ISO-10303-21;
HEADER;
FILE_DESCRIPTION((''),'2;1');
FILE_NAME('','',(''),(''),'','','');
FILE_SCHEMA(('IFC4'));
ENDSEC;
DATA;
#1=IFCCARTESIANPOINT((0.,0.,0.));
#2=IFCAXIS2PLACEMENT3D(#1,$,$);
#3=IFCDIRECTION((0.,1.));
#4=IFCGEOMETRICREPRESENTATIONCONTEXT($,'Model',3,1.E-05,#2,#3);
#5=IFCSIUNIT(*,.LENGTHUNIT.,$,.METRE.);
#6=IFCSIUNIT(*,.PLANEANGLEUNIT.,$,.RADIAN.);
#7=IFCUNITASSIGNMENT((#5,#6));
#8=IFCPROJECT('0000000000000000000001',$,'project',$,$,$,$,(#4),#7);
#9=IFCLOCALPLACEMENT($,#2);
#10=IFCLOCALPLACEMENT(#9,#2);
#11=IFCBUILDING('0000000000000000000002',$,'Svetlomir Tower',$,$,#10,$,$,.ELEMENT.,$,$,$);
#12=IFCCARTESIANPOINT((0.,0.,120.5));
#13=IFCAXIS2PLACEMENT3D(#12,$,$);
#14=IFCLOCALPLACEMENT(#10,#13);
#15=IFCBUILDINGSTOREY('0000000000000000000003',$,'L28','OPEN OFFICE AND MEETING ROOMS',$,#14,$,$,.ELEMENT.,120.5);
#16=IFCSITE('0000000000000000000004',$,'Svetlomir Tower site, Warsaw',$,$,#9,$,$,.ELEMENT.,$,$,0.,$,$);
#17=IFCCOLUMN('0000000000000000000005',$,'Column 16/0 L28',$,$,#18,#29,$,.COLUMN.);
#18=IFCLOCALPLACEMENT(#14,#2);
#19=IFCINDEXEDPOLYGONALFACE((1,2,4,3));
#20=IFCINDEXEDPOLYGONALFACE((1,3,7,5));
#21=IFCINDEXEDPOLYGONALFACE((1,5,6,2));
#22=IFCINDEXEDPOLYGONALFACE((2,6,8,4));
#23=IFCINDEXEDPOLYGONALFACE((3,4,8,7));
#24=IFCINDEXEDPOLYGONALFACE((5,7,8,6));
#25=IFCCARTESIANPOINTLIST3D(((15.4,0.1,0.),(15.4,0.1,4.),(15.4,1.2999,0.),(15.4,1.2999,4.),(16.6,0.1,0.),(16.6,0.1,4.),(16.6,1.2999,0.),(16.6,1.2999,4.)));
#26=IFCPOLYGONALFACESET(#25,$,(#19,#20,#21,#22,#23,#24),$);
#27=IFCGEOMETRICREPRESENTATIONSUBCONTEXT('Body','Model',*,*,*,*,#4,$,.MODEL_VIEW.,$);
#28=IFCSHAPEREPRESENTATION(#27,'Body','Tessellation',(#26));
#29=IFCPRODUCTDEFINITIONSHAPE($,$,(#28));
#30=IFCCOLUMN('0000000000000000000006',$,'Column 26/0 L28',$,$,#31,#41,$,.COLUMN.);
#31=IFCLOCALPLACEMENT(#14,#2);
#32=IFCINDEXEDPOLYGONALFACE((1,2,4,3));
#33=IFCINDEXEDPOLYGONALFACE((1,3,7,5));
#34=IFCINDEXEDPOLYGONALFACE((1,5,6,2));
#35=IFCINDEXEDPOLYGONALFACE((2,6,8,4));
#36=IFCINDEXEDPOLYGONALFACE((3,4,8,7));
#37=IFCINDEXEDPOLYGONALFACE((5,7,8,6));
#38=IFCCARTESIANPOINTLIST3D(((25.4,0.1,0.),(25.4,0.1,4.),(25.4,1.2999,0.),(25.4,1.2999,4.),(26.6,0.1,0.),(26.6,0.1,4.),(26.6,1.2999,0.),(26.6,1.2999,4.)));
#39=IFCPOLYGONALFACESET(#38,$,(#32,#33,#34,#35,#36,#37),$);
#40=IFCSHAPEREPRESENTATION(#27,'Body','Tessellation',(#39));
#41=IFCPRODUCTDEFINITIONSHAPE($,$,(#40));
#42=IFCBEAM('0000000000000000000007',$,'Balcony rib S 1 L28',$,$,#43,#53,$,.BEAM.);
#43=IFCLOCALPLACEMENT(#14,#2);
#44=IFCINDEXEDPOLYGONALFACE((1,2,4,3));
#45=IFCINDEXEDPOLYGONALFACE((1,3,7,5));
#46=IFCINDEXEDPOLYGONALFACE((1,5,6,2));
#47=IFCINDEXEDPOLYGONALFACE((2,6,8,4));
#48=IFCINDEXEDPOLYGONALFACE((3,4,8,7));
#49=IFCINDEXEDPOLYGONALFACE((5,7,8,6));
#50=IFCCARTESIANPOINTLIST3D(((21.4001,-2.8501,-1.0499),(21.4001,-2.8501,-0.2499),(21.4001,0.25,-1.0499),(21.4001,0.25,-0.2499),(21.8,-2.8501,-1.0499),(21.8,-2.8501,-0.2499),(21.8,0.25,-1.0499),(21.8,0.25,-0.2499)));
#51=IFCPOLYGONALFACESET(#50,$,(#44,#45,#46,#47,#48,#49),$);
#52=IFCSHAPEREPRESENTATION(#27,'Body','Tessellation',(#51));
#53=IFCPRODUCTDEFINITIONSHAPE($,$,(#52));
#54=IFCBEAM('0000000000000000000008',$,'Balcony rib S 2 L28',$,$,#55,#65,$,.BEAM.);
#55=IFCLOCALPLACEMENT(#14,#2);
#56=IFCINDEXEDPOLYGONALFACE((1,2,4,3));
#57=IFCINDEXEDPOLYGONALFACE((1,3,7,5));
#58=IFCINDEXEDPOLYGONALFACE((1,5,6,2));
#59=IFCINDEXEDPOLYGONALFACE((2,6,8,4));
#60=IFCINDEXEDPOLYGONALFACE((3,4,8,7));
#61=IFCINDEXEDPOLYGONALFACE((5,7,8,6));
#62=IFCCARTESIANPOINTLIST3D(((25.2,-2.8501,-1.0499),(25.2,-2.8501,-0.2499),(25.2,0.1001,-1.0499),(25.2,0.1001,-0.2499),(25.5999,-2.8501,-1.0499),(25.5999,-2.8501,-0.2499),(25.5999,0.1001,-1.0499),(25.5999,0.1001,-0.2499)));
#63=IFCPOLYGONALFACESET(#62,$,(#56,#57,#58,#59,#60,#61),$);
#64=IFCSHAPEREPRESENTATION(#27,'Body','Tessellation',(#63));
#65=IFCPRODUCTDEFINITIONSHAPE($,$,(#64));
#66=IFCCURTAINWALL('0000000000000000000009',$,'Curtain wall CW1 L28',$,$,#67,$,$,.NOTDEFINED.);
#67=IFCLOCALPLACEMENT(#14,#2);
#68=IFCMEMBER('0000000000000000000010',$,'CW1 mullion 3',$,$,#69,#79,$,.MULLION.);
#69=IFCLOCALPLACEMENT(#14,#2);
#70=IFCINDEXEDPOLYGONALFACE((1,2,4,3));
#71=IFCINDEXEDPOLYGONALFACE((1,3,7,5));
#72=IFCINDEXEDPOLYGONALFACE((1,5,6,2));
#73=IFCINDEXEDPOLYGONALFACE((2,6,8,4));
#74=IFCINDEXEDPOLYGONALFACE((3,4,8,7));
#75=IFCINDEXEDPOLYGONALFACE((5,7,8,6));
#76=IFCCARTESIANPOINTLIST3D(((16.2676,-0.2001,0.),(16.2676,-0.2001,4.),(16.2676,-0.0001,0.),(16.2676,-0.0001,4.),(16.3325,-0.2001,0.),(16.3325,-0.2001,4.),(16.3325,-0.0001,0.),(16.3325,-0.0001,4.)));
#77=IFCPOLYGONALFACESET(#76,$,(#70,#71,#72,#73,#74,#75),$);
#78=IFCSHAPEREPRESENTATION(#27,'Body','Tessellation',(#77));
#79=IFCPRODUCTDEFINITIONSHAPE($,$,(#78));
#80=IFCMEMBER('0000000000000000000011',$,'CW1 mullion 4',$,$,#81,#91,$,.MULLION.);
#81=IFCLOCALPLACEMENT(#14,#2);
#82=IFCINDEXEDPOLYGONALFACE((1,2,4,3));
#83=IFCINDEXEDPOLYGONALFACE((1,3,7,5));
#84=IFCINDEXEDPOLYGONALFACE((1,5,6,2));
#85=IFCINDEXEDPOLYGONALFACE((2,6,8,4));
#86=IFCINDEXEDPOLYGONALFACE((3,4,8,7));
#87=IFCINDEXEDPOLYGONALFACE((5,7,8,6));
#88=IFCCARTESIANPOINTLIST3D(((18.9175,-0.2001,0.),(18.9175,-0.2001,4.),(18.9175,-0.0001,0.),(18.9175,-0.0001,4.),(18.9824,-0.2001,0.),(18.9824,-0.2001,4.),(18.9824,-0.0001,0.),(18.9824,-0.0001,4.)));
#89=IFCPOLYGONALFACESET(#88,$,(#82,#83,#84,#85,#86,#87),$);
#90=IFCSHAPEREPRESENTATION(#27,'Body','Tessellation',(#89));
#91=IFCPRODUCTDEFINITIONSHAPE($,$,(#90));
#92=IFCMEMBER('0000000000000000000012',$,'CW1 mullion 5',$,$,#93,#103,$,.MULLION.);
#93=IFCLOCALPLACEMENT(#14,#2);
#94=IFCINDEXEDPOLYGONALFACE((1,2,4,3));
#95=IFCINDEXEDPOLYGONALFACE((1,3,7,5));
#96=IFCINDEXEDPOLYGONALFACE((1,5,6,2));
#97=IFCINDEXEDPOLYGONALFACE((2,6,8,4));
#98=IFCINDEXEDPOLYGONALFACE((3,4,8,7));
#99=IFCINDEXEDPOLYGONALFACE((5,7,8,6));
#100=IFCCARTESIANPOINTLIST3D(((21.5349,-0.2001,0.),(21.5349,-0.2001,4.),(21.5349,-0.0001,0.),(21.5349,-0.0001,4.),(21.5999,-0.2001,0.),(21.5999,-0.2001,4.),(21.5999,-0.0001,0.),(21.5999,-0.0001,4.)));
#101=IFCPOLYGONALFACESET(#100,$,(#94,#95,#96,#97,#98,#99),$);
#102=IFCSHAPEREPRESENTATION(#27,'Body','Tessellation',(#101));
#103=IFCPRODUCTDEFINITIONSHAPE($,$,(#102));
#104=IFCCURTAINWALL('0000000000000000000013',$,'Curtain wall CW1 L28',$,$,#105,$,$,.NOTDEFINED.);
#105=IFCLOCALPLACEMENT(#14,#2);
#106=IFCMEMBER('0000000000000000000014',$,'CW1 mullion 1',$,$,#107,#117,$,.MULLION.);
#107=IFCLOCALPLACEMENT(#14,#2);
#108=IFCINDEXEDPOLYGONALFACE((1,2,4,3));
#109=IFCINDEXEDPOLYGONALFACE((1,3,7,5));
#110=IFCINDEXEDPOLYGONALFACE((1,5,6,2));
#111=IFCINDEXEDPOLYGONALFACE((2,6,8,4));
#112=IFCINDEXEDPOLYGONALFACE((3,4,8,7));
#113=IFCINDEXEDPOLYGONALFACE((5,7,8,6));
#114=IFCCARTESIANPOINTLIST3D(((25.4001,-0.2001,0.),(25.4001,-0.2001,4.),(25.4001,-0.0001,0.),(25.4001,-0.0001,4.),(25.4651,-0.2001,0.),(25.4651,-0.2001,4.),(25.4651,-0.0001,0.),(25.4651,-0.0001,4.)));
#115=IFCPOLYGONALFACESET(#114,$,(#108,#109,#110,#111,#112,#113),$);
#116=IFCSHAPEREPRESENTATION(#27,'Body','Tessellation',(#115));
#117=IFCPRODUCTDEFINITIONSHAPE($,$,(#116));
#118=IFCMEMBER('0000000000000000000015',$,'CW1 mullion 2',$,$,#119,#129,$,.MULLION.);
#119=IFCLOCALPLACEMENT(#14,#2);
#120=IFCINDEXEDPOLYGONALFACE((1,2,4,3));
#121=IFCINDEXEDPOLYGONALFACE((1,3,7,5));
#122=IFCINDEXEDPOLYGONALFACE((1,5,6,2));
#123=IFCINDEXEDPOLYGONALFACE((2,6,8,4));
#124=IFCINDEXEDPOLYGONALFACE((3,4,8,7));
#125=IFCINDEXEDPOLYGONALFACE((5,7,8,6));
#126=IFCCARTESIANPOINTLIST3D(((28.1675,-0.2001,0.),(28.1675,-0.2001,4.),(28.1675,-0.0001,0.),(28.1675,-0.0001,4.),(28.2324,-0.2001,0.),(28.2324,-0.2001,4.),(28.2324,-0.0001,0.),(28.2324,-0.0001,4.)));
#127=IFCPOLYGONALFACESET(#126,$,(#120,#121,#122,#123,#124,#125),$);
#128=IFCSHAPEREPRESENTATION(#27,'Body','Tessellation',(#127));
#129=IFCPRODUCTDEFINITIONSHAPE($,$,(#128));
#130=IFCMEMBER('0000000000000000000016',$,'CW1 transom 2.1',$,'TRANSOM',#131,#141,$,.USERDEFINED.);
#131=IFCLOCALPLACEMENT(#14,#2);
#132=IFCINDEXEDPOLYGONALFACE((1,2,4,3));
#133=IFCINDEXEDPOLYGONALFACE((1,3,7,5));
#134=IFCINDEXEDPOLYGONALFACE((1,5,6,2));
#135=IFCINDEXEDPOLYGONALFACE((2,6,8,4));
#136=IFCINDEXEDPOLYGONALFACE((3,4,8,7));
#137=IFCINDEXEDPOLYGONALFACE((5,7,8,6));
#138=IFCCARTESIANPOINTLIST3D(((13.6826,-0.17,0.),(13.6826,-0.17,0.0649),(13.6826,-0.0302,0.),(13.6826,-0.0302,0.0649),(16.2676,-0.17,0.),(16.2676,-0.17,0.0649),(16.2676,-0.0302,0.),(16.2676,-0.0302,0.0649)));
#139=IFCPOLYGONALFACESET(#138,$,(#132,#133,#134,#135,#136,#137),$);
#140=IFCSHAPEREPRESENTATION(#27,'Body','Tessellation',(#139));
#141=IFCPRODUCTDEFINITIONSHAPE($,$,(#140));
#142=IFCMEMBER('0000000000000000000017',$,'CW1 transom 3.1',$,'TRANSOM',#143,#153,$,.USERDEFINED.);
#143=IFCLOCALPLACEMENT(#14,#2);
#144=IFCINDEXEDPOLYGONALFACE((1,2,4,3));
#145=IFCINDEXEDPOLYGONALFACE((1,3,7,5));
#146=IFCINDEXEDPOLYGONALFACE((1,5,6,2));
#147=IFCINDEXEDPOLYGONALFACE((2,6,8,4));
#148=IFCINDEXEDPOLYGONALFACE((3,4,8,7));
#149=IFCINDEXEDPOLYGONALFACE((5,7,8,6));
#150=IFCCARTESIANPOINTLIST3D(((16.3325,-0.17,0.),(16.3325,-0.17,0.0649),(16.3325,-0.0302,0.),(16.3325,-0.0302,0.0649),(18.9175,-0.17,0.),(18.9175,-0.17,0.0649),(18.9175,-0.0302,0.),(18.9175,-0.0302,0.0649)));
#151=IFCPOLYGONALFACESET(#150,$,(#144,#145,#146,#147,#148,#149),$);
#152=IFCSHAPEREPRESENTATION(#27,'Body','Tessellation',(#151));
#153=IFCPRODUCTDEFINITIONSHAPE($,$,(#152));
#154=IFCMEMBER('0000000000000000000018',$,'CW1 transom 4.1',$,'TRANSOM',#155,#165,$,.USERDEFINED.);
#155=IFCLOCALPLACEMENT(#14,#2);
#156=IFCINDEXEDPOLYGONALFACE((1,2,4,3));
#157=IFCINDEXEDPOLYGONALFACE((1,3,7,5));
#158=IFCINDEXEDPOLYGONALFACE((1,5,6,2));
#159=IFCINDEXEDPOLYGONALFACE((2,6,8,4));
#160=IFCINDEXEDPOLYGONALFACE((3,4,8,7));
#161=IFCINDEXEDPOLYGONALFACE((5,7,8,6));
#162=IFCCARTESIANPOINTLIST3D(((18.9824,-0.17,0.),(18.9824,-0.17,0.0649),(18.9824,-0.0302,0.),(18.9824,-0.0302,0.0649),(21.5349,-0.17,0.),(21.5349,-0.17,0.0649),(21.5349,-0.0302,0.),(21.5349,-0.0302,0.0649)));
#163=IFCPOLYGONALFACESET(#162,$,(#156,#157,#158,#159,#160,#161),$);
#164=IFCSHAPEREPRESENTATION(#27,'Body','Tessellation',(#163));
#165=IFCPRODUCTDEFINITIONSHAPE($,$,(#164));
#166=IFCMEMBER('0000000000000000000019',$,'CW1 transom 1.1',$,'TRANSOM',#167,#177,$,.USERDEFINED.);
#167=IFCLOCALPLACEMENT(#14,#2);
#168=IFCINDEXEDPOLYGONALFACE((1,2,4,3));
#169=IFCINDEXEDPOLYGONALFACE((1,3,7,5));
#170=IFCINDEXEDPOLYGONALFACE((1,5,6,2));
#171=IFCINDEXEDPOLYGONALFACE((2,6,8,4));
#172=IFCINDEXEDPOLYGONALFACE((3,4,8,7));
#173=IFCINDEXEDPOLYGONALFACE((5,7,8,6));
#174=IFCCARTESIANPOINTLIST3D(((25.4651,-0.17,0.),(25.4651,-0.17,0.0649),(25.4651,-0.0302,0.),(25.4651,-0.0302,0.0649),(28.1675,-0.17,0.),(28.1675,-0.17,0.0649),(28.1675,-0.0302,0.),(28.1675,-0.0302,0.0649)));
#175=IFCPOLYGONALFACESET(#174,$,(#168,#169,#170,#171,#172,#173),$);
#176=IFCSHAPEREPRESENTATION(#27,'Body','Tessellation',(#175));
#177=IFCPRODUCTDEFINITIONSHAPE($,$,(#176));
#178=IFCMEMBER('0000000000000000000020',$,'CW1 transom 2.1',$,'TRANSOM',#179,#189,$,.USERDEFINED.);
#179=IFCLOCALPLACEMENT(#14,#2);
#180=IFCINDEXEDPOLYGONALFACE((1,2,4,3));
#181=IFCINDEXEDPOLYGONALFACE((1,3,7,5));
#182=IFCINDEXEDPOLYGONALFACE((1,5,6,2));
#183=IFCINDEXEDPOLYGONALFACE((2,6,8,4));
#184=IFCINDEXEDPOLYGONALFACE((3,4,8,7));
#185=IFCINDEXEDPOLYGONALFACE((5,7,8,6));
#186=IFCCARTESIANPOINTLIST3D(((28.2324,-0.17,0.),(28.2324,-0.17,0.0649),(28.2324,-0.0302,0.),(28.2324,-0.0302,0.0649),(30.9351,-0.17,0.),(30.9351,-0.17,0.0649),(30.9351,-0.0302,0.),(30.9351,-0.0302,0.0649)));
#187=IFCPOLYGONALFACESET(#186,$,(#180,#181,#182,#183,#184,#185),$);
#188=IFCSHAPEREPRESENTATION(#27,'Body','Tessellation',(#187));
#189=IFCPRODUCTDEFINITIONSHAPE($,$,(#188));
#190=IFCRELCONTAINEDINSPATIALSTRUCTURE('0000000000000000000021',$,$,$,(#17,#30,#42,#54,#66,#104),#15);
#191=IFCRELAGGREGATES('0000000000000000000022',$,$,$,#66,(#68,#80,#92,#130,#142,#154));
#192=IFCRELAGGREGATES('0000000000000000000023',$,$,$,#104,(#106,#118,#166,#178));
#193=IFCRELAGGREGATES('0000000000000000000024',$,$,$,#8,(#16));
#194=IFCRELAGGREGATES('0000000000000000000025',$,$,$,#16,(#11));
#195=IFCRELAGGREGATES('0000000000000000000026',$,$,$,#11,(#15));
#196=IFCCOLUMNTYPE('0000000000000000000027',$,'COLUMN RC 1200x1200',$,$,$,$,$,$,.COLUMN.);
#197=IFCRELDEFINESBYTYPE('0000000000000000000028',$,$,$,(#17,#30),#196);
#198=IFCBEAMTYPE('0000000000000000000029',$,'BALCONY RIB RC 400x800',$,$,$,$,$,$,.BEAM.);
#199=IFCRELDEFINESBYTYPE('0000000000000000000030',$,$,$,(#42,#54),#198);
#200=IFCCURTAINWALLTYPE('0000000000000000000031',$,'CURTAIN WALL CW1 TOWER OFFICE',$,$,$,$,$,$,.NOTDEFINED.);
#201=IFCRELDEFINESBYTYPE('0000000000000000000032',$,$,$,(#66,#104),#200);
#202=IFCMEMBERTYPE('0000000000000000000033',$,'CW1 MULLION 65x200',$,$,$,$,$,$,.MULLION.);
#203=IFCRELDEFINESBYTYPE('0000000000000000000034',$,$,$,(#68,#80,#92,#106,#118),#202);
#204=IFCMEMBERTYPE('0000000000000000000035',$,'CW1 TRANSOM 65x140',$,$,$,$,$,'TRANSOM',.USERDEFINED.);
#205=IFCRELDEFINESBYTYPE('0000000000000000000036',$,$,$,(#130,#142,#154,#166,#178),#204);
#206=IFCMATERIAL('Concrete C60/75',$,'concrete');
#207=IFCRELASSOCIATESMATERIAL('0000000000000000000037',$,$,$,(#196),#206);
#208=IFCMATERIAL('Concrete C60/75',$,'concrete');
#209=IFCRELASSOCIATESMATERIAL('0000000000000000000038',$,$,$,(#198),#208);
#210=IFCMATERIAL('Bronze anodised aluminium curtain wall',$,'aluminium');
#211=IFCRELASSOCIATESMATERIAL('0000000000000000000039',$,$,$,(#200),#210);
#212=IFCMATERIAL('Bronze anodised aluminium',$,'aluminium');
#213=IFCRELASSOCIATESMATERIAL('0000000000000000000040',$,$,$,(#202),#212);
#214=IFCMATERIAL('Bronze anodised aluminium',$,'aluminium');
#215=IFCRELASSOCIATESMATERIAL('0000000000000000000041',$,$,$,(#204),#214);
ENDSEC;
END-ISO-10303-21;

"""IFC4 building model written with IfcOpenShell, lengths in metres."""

from ifc_helpers import new_model, si_unit, direction, frame, origin, origin_2d, place, context, subcontext, project, spatial, rectangle, extrude, material, material_profile, profile_set, type_object, element, aggregate, save


model = new_model("IFC4")

# Units and contexts
model_context = context("Model", 3, precision=1e-05, world=origin(), true_north=direction((0.0, 1.0)))
body_context = subcontext(model_context, "Body", "Model", "MODEL_VIEW")
ifc_project = project(units=[si_unit("LENGTHUNIT", "METRE"), si_unit("PLANEANGLEUNIT", "RADIAN")], contexts=[model_context])

# Site, building, storey
site_placement = place(None, origin())
site = spatial("IfcSite", under=ifc_project, at=site_placement, Name="Svetlomir Tower site, Warsaw", CompositionType="ELEMENT", RefElevation=0.0)
building_placement = place(site_placement, origin())
building = spatial("IfcBuilding", under=site, at=building_placement, Name="Svetlomir Tower", CompositionType="ELEMENT")
storey_placement = place(building_placement, frame((0.0, 0.0, 120.5)))
storey = spatial("IfcBuildingStorey", under=building, at=storey_placement, Name="L28", Description="OPEN OFFICE AND MEETING ROOMS", CompositionType="ELEMENT", Elevation=120.5)

# Columns
ifc_material_1 = material(Name="Concrete C60/75", Category="concrete")
ifc_material_profile_1 = material_profile(ifc_material_1, rectangle(XDim=1.2, YDim=1.2, at=origin_2d()), Name="RC 1200x1200")
ifc_profile_set_1 = profile_set([ifc_material_profile_1], Name="Concrete C60/75")
column_type = type_object("IfcColumnType", Name="COLUMN RC 1200x1200", PredefinedType="COLUMN", material=ifc_profile_set_1)
for number, where, z_axis, x_axis, name in (
    (1, (16.0, 0.7, 0.0), (0.0, 0.0, 1.0), (1.0, 0.0, 0.0), "Column 16/0 L28"),
    (2, (26.0, 0.7, 0.0), (0.0, 0.0, 1.0), (1.0, 0.0, 0.0), "Column 26/0 L28"),
):
    element("IfcColumn", number, at=place(storey_placement, frame(where, z_axis=z_axis, x_axis=x_axis)), inside=storey, type_object=column_type, Name=name, PredefinedType="COLUMN", context=body_context, shape_type="SweptSolid", body=[
        extrude(rectangle(XDim=1.2, YDim=1.2, at=origin_2d()), origin(), (0.0, 0.0, 1.0), 4.0),
    ])

# Beams
ifc_material_2 = material(Name="Concrete C60/75", Category="concrete")
ifc_material_profile_2 = material_profile(ifc_material_2, rectangle(XDim=0.3999, YDim=0.8, at=origin_2d()), Name="RC 400x800")
ifc_profile_set_2 = profile_set([ifc_material_profile_2], Name="Concrete C60/75")
beam_type_1 = type_object("IfcBeamType", Name="BALCONY RIB RC 400x800", PredefinedType="BEAM", material=ifc_profile_set_2)
beam_1_placement = place(storey_placement, frame((21.6001, 0.25, -0.6499), z_axis=(0.0, -1.0, 0.0), x_axis=(1.0, 0.0, 0.0)))
element("IfcBeam", 3, at=beam_1_placement, inside=storey, type_object=beam_type_1, Name="Balcony rib S 1 L28", PredefinedType="BEAM", context=body_context, shape_type="SweptSolid", body=[
    extrude(rectangle(XDim=0.3999, YDim=0.8, at=origin_2d()), origin(), (0.0, 0.0, 1.0), 3.1001),
])
beam_2_placement = place(storey_placement, frame((25.3999, 0.1001, -0.6499), z_axis=(0.0, -1.0, 0.0), x_axis=(1.0, 0.0, 0.0)))
element("IfcBeam", 4, at=beam_2_placement, inside=storey, type_object=beam_type_1, Name="Balcony rib S 2 L28", PredefinedType="BEAM", context=body_context, shape_type="SweptSolid", body=[
    extrude(rectangle(XDim=0.3999, YDim=0.8, at=origin_2d()), origin(), (0.0, 0.0, 1.0), 2.9502),
])

# Curtain walls, members
ifc_material_3 = material(Name="Bronze anodised aluminium curtain wall", Category="aluminium")
curtain_wall_type = type_object("IfcCurtainWallType", Name="CURTAIN WALL CW1 TOWER OFFICE", PredefinedType="NOTDEFINED", material=ifc_material_3)
curtain_wall_1_placement = place(storey_placement, origin())
curtain_wall_1 = element("IfcCurtainWall", 5, at=curtain_wall_1_placement, inside=storey, type_object=curtain_wall_type, Name="Curtain wall CW1 L28", PredefinedType="NOTDEFINED")
ifc_material_4 = material(Name="Bronze anodised aluminium", Category="aluminium")
ifc_material_profile_3 = material_profile(ifc_material_4, rectangle(XDim=0.0649, YDim=0.2, at=origin_2d()), Name="AL 65x200")
ifc_profile_set_3 = profile_set([ifc_material_profile_3], Name="Bronze anodised aluminium 6063-T6")
member_type_1 = type_object("IfcMemberType", Name="CW1 MULLION 65x200", PredefinedType="MULLION", material=ifc_profile_set_3)
member_1_placement = place(storey_placement, frame((16.3, -0.1001, 0.0), z_axis=(0.0, 0.0, 1.0), x_axis=(1.0, 0.0, 0.0)))
member_1 = element("IfcMember", 6, at=member_1_placement, type_object=member_type_1, Name="CW1 mullion 3", PredefinedType="MULLION", context=body_context, shape_type="SweptSolid", body=[
    extrude(rectangle(XDim=0.0649, YDim=0.2, at=origin_2d()), origin(), (0.0, 0.0, 1.0), 4.0),
])
member_2_placement = place(storey_placement, frame((18.95, -0.1001, 0.0), z_axis=(0.0, 0.0, 1.0), x_axis=(1.0, 0.0, 0.0)))
member_2 = element("IfcMember", 7, at=member_2_placement, type_object=member_type_1, Name="CW1 mullion 4", PredefinedType="MULLION", context=body_context, shape_type="SweptSolid", body=[
    extrude(rectangle(XDim=0.0649, YDim=0.2, at=origin_2d()), origin(), (0.0, 0.0, 1.0), 4.0),
])
member_3_placement = place(storey_placement, frame((21.5674, -0.1001, 0.0), z_axis=(0.0, 0.0, 1.0), x_axis=(1.0, 0.0, 0.0)))
member_3 = element("IfcMember", 8, at=member_3_placement, type_object=member_type_1, Name="CW1 mullion 5", PredefinedType="MULLION", context=body_context, shape_type="SweptSolid", body=[
    extrude(rectangle(XDim=0.0649, YDim=0.2, at=origin_2d()), origin(), (0.0, 0.0, 1.0), 4.0),
])
curtain_wall_2_placement = place(storey_placement, origin())
curtain_wall_2 = element("IfcCurtainWall", 9, at=curtain_wall_2_placement, inside=storey, type_object=curtain_wall_type, Name="Curtain wall CW1 L28", PredefinedType="NOTDEFINED")
member_4_placement = place(storey_placement, frame((25.4326, -0.1001, 0.0), z_axis=(0.0, 0.0, 1.0), x_axis=(1.0, 0.0, 0.0)))
member_4 = element("IfcMember", 10, at=member_4_placement, type_object=member_type_1, Name="CW1 mullion 1", PredefinedType="MULLION", context=body_context, shape_type="SweptSolid", body=[
    extrude(rectangle(XDim=0.0649, YDim=0.2, at=origin_2d()), origin(), (0.0, 0.0, 1.0), 4.0),
])
member_5_placement = place(storey_placement, frame((28.2, -0.1001, 0.0), z_axis=(0.0, 0.0, 1.0), x_axis=(1.0, 0.0, 0.0)))
member_5 = element("IfcMember", 11, at=member_5_placement, type_object=member_type_1, Name="CW1 mullion 2", PredefinedType="MULLION", context=body_context, shape_type="SweptSolid", body=[
    extrude(rectangle(XDim=0.0649, YDim=0.2, at=origin_2d()), origin(), (0.0, 0.0, 1.0), 4.0),
])

# Members
ifc_material_5 = material(Name="Bronze anodised aluminium", Category="aluminium")
ifc_material_profile_4 = material_profile(ifc_material_5, rectangle(XDim=0.1399, YDim=0.0649, at=origin_2d()), Name="AL 140x65")
ifc_profile_set_4 = profile_set([ifc_material_profile_4], Name="Bronze anodised aluminium 6063-T6")
member_type_2 = type_object("IfcMemberType", Name="CW1 TRANSOM 65x140", ElementType="TRANSOM", PredefinedType="USERDEFINED", material=ifc_profile_set_4)
member_6_placement = place(storey_placement, frame((13.6826, -0.1001, 0.0325), z_axis=(1.0, 0.0, 0.0), x_axis=(0.0, 1.0, 0.0)))
member_6 = element("IfcMember", 12, at=member_6_placement, type_object=member_type_2, Name="CW1 transom 2.1", ObjectType="TRANSOM", PredefinedType="USERDEFINED", context=body_context, shape_type="SweptSolid", body=[
    extrude(rectangle(XDim=0.1399, YDim=0.0649, at=origin_2d()), origin(), (0.0, 0.0, 1.0), 2.585),
])
member_7_placement = place(storey_placement, frame((16.3325, -0.1001, 0.0325), z_axis=(1.0, 0.0, 0.0), x_axis=(0.0, 1.0, 0.0)))
member_7 = element("IfcMember", 13, at=member_7_placement, type_object=member_type_2, Name="CW1 transom 3.1", ObjectType="TRANSOM", PredefinedType="USERDEFINED", context=body_context, shape_type="SweptSolid", body=[
    extrude(rectangle(XDim=0.1399, YDim=0.0649, at=origin_2d()), origin(), (0.0, 0.0, 1.0), 2.585),
])
member_8_placement = place(storey_placement, frame((18.9824, -0.1001, 0.0325), z_axis=(1.0, 0.0, 0.0), x_axis=(0.0, 1.0, 0.0)))
member_8 = element("IfcMember", 14, at=member_8_placement, type_object=member_type_2, Name="CW1 transom 4.1", ObjectType="TRANSOM", PredefinedType="USERDEFINED", context=body_context, shape_type="SweptSolid", body=[
    extrude(rectangle(XDim=0.1399, YDim=0.0649, at=origin_2d()), origin(), (0.0, 0.0, 1.0), 2.5525),
])
member_9_placement = place(storey_placement, frame((25.4651, -0.1001, 0.0325), z_axis=(1.0, 0.0, 0.0), x_axis=(0.0, 1.0, 0.0)))
member_9 = element("IfcMember", 15, at=member_9_placement, type_object=member_type_2, Name="CW1 transom 1.1", ObjectType="TRANSOM", PredefinedType="USERDEFINED", context=body_context, shape_type="SweptSolid", body=[
    extrude(rectangle(XDim=0.1399, YDim=0.0649, at=origin_2d()), origin(), (0.0, 0.0, 1.0), 2.7024),
])
member_10_placement = place(storey_placement, frame((28.2324, -0.1001, 0.0325), z_axis=(1.0, 0.0, 0.0), x_axis=(0.0, 1.0, 0.0)))
member_10 = element("IfcMember", 16, at=member_10_placement, type_object=member_type_2, Name="CW1 transom 2.1", ObjectType="TRANSOM", PredefinedType="USERDEFINED", context=body_context, shape_type="SweptSolid", body=[
    extrude(rectangle(XDim=0.1399, YDim=0.0649, at=origin_2d()), origin(), (0.0, 0.0, 1.0), 2.7026),
])

aggregate(curtain_wall_1, [member_1, member_2, member_3, member_6, member_7, member_8])
aggregate(curtain_wall_2, [member_4, member_5, member_9, member_10])

save(model, "model.ifc")
